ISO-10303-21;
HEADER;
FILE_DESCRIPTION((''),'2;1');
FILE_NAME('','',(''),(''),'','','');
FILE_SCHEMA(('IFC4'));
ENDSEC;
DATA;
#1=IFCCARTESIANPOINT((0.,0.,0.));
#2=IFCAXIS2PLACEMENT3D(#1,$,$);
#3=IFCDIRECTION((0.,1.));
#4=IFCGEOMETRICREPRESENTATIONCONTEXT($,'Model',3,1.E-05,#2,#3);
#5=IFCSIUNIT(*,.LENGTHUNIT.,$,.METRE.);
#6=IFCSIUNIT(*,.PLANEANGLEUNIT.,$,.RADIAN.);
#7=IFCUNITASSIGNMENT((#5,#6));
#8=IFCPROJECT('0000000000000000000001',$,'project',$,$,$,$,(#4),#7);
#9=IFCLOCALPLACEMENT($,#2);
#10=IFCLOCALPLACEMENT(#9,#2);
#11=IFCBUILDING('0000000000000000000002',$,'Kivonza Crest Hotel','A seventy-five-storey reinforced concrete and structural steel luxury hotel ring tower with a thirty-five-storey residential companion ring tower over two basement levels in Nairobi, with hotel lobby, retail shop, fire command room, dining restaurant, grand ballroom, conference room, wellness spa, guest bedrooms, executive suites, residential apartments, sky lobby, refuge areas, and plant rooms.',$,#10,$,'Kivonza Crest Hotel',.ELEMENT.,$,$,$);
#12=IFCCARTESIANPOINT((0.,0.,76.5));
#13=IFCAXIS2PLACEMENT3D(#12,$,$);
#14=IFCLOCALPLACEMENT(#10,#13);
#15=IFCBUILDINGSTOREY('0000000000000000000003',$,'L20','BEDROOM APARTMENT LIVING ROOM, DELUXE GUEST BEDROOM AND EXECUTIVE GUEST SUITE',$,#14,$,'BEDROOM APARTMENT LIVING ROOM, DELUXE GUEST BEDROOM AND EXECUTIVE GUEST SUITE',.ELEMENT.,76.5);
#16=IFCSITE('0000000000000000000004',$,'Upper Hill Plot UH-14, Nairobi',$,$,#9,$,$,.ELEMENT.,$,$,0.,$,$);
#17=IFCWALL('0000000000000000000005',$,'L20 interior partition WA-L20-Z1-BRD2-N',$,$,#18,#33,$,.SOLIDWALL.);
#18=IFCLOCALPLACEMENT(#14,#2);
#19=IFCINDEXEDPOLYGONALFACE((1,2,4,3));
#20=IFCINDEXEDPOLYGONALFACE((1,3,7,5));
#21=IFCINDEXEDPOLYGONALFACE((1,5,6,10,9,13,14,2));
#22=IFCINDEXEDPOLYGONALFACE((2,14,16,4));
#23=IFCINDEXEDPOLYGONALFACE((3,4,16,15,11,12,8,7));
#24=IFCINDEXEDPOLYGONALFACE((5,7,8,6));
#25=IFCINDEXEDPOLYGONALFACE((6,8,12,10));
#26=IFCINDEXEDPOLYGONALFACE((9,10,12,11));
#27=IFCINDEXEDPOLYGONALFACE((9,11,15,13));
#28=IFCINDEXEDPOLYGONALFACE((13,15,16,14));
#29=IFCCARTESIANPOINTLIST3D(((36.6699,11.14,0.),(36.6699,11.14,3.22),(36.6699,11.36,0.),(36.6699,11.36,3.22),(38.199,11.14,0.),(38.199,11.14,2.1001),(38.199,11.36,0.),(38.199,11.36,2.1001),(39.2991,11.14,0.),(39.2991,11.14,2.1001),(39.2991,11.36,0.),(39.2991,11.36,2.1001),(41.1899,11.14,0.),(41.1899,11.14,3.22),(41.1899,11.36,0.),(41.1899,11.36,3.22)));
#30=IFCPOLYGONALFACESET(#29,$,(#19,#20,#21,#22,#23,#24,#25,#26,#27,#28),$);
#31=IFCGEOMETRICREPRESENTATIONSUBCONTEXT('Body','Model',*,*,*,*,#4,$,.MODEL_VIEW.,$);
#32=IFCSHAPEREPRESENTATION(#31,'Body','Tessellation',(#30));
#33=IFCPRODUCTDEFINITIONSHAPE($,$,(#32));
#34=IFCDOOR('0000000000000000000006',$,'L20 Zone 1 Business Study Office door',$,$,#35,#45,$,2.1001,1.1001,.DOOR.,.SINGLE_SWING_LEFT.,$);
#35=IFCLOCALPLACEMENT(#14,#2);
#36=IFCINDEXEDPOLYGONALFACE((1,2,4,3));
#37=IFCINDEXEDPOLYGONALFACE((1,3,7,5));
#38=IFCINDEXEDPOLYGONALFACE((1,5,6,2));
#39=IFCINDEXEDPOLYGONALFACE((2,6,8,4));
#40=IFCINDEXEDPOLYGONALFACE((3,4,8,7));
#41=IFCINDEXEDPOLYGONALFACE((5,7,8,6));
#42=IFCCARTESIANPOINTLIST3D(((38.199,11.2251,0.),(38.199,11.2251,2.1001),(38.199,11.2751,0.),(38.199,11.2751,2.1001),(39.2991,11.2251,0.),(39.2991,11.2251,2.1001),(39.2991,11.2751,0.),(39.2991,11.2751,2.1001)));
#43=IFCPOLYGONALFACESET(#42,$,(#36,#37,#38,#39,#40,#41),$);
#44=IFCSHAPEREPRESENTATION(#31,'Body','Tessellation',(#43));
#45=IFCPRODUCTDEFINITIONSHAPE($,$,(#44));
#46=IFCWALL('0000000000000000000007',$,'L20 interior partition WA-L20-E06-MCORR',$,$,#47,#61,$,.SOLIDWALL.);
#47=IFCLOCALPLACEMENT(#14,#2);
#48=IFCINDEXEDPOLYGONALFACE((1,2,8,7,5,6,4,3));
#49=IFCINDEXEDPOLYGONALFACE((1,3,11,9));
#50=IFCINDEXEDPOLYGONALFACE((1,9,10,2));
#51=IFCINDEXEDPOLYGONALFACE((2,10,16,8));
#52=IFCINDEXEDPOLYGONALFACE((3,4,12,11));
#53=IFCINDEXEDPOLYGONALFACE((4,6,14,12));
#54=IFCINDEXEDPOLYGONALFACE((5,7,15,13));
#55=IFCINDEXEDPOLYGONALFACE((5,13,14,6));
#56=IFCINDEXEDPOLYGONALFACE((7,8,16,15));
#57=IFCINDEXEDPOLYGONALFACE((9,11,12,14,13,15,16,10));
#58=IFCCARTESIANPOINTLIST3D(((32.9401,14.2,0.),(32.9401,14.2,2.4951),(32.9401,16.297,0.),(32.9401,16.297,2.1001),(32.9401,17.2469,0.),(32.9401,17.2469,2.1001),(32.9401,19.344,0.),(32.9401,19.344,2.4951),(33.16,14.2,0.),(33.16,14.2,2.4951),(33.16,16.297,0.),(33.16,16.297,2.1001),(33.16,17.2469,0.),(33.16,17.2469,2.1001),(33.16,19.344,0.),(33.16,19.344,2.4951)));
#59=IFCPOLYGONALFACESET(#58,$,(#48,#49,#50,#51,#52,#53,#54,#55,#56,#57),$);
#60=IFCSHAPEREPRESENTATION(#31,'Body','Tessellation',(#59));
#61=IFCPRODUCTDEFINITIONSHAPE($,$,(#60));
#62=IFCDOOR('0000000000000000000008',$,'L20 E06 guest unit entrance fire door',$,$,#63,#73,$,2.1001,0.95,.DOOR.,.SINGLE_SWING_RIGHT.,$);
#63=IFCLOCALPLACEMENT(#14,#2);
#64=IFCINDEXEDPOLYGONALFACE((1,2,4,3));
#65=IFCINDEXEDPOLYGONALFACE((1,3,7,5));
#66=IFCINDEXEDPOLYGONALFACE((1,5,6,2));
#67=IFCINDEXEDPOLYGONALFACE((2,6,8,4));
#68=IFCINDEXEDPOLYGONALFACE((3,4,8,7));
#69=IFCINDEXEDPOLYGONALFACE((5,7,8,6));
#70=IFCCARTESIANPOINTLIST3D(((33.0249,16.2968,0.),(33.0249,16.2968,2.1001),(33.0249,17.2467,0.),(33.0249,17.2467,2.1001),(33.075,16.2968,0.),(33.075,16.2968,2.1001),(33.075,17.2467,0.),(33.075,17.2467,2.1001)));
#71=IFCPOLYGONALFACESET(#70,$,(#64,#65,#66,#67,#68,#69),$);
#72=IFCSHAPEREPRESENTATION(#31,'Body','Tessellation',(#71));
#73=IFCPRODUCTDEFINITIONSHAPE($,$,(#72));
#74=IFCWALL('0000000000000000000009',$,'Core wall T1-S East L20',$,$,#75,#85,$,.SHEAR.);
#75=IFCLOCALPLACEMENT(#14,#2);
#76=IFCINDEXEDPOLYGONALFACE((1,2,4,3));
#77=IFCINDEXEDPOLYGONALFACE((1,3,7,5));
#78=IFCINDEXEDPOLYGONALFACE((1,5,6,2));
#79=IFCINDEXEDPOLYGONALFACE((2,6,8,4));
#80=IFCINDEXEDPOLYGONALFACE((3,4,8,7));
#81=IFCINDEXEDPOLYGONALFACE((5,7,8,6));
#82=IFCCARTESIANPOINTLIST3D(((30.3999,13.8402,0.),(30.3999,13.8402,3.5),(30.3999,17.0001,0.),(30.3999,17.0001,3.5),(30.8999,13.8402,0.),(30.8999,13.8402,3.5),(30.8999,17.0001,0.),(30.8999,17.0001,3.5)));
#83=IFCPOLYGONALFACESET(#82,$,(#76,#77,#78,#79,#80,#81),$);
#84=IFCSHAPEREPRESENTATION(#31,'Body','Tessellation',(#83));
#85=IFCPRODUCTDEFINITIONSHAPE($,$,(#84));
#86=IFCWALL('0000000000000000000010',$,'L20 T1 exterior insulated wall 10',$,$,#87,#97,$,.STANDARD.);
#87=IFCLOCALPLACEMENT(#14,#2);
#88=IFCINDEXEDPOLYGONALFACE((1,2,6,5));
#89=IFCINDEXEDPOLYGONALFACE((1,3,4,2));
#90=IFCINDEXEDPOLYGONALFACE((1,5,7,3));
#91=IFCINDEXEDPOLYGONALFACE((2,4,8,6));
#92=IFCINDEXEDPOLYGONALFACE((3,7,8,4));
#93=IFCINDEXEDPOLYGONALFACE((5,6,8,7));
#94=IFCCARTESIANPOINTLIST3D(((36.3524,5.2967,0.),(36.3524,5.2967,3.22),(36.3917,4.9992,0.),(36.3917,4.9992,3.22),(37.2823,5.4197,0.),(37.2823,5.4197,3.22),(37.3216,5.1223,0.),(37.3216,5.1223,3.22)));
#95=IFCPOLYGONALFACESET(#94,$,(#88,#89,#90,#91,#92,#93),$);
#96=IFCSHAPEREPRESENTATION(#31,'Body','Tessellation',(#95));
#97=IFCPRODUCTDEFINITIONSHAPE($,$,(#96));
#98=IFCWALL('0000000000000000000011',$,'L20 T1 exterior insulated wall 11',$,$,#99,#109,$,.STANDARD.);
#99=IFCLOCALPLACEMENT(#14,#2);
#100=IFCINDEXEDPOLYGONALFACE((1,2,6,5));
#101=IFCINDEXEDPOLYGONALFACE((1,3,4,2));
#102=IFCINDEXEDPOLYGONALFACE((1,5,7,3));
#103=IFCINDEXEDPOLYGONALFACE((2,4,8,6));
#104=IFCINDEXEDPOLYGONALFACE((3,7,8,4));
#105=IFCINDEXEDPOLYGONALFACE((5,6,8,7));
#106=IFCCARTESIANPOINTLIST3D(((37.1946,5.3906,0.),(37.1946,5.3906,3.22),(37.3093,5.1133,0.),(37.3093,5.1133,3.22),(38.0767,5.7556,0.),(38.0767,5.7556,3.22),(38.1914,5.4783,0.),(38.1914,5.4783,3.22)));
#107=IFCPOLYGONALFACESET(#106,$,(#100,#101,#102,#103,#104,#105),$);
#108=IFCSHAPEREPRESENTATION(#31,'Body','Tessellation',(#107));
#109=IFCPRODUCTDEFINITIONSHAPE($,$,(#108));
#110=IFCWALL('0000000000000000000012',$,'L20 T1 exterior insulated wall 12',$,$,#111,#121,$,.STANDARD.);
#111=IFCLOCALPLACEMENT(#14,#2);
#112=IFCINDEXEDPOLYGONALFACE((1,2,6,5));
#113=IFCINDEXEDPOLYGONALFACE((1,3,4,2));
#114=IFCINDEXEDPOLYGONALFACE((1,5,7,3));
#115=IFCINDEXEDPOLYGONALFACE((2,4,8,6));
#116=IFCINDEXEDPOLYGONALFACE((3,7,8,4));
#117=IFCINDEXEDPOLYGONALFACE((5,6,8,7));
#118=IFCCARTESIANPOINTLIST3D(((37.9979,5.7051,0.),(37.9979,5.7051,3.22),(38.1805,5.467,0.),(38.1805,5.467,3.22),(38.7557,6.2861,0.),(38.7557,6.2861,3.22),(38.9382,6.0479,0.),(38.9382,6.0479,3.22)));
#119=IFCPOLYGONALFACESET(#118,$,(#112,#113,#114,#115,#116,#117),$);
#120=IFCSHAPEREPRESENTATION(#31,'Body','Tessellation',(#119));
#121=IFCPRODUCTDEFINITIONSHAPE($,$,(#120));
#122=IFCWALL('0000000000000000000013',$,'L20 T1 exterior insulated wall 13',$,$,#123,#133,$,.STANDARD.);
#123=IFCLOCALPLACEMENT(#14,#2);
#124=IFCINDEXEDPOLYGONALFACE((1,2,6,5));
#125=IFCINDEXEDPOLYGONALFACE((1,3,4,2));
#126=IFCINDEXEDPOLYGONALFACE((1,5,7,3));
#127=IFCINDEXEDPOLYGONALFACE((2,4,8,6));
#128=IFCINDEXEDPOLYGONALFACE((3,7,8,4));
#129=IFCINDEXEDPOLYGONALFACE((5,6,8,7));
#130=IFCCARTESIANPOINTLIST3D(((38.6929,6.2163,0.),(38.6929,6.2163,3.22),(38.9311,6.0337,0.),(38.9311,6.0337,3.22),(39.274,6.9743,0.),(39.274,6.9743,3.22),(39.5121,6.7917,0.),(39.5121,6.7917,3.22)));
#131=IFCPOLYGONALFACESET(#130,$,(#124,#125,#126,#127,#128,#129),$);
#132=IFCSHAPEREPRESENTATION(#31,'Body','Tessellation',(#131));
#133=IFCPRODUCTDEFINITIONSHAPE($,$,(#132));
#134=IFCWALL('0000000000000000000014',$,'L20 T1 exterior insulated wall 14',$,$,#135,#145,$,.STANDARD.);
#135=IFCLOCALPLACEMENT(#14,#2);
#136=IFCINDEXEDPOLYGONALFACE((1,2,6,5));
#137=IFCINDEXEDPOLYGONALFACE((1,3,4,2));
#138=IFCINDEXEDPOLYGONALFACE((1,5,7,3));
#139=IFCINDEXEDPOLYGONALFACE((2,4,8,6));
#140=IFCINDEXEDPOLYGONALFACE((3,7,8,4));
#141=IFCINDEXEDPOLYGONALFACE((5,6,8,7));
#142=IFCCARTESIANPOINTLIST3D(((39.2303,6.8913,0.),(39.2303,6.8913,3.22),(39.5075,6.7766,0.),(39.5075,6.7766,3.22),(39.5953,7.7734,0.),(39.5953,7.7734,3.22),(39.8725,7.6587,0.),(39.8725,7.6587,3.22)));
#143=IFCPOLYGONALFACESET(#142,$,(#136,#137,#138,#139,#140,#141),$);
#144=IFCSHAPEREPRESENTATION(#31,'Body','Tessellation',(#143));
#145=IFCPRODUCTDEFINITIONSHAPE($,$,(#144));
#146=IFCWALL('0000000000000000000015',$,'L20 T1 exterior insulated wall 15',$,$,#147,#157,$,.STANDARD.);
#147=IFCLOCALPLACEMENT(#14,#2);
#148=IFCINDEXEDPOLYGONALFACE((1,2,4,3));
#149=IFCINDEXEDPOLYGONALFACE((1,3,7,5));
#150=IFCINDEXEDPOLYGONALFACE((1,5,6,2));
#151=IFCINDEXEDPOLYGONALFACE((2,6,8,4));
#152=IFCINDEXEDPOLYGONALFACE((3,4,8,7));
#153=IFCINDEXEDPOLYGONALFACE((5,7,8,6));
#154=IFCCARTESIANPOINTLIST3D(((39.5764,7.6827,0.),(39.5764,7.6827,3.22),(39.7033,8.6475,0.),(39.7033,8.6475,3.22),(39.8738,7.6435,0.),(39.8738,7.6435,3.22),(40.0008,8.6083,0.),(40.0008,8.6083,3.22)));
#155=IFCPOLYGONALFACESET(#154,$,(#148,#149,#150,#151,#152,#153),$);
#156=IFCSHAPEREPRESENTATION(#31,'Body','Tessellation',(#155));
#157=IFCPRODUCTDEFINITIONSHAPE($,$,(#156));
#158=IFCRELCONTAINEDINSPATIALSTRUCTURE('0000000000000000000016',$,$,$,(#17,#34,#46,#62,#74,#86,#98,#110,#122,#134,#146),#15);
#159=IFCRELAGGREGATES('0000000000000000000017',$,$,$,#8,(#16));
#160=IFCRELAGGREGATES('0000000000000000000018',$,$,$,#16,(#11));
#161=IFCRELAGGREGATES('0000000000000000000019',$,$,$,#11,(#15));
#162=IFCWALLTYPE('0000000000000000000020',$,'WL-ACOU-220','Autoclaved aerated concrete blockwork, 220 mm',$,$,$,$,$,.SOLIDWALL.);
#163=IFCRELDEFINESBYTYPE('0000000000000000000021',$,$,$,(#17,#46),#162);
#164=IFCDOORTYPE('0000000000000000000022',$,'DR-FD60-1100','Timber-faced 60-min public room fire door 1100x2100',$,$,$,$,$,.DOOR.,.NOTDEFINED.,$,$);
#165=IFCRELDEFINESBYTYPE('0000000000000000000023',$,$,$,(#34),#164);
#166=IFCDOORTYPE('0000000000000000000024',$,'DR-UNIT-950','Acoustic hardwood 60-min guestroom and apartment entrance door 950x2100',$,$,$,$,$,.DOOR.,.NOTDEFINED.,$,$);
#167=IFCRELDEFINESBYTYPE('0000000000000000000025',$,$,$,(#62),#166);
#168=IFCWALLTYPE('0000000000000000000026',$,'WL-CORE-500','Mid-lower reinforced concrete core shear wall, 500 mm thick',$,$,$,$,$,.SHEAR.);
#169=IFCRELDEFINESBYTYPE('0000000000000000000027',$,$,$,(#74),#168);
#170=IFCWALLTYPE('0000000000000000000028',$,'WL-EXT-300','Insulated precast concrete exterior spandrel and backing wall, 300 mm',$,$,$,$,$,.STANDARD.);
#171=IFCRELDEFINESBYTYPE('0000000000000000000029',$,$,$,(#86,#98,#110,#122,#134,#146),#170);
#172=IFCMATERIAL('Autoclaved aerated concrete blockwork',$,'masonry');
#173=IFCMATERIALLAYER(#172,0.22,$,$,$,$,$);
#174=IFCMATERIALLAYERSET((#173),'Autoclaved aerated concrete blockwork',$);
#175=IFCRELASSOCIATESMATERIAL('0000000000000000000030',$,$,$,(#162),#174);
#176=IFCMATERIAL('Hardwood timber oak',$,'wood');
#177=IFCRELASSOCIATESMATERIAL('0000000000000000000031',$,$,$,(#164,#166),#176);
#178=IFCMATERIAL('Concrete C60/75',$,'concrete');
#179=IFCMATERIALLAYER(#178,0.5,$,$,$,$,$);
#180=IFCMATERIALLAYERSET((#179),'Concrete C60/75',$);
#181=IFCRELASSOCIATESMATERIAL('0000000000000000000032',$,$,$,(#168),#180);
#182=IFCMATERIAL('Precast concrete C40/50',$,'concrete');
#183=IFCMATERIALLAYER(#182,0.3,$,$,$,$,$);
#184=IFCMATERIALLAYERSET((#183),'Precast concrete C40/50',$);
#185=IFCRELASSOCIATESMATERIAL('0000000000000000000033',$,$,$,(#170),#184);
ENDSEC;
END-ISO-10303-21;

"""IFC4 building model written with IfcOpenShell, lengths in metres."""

from ifc_helpers import new_model, si_unit, direction, frame, frame_2d, origin, place, context, subcontext, project, spatial, rectangle, extrude, material, layer, layer_set, type_object, element, fill, save


model = new_model("IFC4")

# Units and contexts
model_context = context("Model", 3, precision=1e-05, world=origin(), true_north=direction((0.0, 1.0)))
body_context = subcontext(model_context, "Body", "Model", "MODEL_VIEW")
ifc_project = project(units=[si_unit("LENGTHUNIT", "METRE"), si_unit("PLANEANGLEUNIT", "RADIAN")], contexts=[model_context])

# Site, building, storey
site_placement = place(None, origin())
site = spatial("IfcSite", under=ifc_project, at=site_placement, Name="Upper Hill Plot UH-14, Nairobi", CompositionType="ELEMENT", RefElevation=0.0)
building_placement = place(site_placement, origin())
building = spatial("IfcBuilding", under=site, at=building_placement, Name="Kivonza Crest Hotel", Description="A seventy-five-storey reinforced concrete and structural steel luxury hotel ring tower with a thirty-five-storey residential companion ring tower over two basement levels in Nairobi, with hotel lobby, retail shop, fire command room, dining restaurant, grand ballroom, conference room, wellness spa, guest bedrooms, executive suites, residential apartments, sky lobby, refuge areas, and plant rooms.", LongName="Kivonza Crest Hotel", CompositionType="ELEMENT")
storey_placement = place(building_placement, frame((0.0, 0.0, 76.5)))
storey = spatial("IfcBuildingStorey", under=building, at=storey_placement, Name="L20", Description="BEDROOM APARTMENT LIVING ROOM, DELUXE GUEST BEDROOM AND EXECUTIVE GUEST SUITE", LongName="BEDROOM APARTMENT LIVING ROOM, DELUXE GUEST BEDROOM AND EXECUTIVE GUEST SUITE", CompositionType="ELEMENT", Elevation=76.5)

# Shared definitions
ifc_material_1 = material(Name="Concrete C60/75", Category="concrete")

# Walls, openings, doors
ifc_material_2 = material(Name="Autoclaved aerated concrete blockwork", Category="masonry")
ifc_layer_1 = layer(ifc_material_2, 0.22)
ifc_layer_set_1 = layer_set([ifc_layer_1], Name="Autoclaved aerated concrete blockwork")
wall_type_1 = type_object("IfcWallType", Name="WL-ACOU-220", Description="Autoclaved aerated concrete blockwork, 220 mm", PredefinedType="SOLIDWALL", material=ifc_layer_set_1)
ifc_material_3 = material(Name="Hardwood timber oak", Category="wood")
door_type_1 = type_object("IfcDoorType", Name="DR-FD60-1100", Description="Timber-faced 60-min public room fire door 1100x2100", OperationType="NOTDEFINED", PredefinedType="DOOR", material=ifc_material_3)
wall_1_placement = place(storey_placement, frame((36.6699, 11.25, 0.0), z_axis=(0.0, 0.0, 1.0), x_axis=(1.0, 0.0, 0.0)))
wall_1 = element("IfcWall", 1, at=wall_1_placement, inside=storey, type_object=wall_type_1, Name="L20 interior partition WA-L20-Z1-BRD2-N", PredefinedType="SOLIDWALL", context=body_context, shape_type="SweptSolid", body=[
    extrude(rectangle(XDim=4.52, YDim=0.22, at=frame_2d((2.26, 0.0))), origin(), (0.0, 0.0, 1.0), 3.22),
])
opening_1_placement = place(wall_1_placement, frame((1.5291, 0.0, 0.0)))
opening_1 = element("IfcOpeningElement", 2, at=opening_1_placement, cuts=wall_1, PredefinedType="OPENING", context=body_context, shape_type="SweptSolid", body=[
    extrude(rectangle(XDim=1.1001, YDim=2.1001, at=frame_2d((0.55, 1.05))), frame((0.0, 0.1201, 0.0), z_axis=(0.0, -1.0, 0.0), x_axis=(1.0, 0.0, 0.0)), (0.0, 0.0, 1.0), 0.24),
])
door_1_placement = place(opening_1_placement, frame((1.1001, 0.0, 0.0), z_axis=(0.0, 0.0, 1.0), x_axis=(-1.0, 0.0, 0.0)))
door_1 = element("IfcDoor", 3, at=door_1_placement, inside=storey, type_object=door_type_1, Name="L20 Zone 1 Business Study Office door", OperationType="SINGLE_SWING_LEFT", OverallHeight=2.1001, OverallWidth=1.1001, PredefinedType="DOOR", context=body_context, shape_type="SweptSolid", body=[
    extrude(rectangle(XDim=1.1001, YDim=2.1001, at=frame_2d((0.55, 1.05))), frame((0.0, 0.0249, 0.0), z_axis=(0.0, -1.0, 0.0), x_axis=(1.0, 0.0, 0.0)), (0.0, 0.0, 1.0), 0.05),
])
fill(opening_1, door_1)
wall_2_placement = place(storey_placement, frame((33.05, 14.2, 0.0), z_axis=(0.0, 0.0, 1.0), x_axis=(0.0, 1.0, 0.0)))
wall_2 = element("IfcWall", 4, at=wall_2_placement, inside=storey, type_object=wall_type_1, Name="L20 interior partition WA-L20-E06-MCORR", PredefinedType="SOLIDWALL", context=body_context, shape_type="SweptSolid", body=[
    extrude(rectangle(XDim=5.144, YDim=0.22, at=frame_2d((2.572, 0.0))), origin(), (0.0, 0.0, 1.0), 2.4951),
])
opening_2_placement = place(wall_2_placement, frame((2.0969, 0.0, 0.0)))
opening_2 = element("IfcOpeningElement", 5, at=opening_2_placement, cuts=wall_2, PredefinedType="OPENING", context=body_context, shape_type="SweptSolid", body=[
    extrude(rectangle(XDim=0.95, YDim=2.1001, at=frame_2d((0.4751, 1.05))), frame((0.0, 0.1201, 0.0), z_axis=(0.0, -1.0, 0.0), x_axis=(1.0, 0.0, 0.0)), (0.0, 0.0, 1.0), 0.24),
])
door_type_2 = type_object("IfcDoorType", Name="DR-UNIT-950", Description="Acoustic hardwood 60-min guestroom and apartment entrance door 950x2100", OperationType="NOTDEFINED", PredefinedType="DOOR", material=ifc_material_3)
door_2_placement = place(opening_2_placement, frame((0.95, 0.0, 0.0), z_axis=(0.0, 0.0, 1.0), x_axis=(-1.0, 0.0, 0.0)))
door_2 = element("IfcDoor", 6, at=door_2_placement, inside=storey, type_object=door_type_2, Name="L20 E06 guest unit entrance fire door", OperationType="SINGLE_SWING_RIGHT", OverallHeight=2.1001, OverallWidth=0.95, PredefinedType="DOOR", context=body_context, shape_type="SweptSolid", body=[
    extrude(rectangle(XDim=0.95, YDim=2.1001, at=frame_2d((0.4751, 1.05))), frame((0.0, 0.0249, 0.0), z_axis=(0.0, -1.0, 0.0), x_axis=(1.0, 0.0, 0.0)), (0.0, 0.0, 1.0), 0.05),
])
fill(opening_2, door_2)

# Walls
ifc_layer_2 = layer(ifc_material_1, 0.5)
ifc_layer_set_2 = layer_set([ifc_layer_2], Name="Concrete C60/75")
wall_type_2 = type_object("IfcWallType", Name="WL-CORE-500", Description="Mid-lower reinforced concrete core shear wall, 500 mm thick", PredefinedType="SHEAR", material=ifc_layer_set_2)
wall_3_placement = place(storey_placement, frame((30.6499, 13.8401, 0.0), z_axis=(0.0, 0.0, 1.0), x_axis=(0.0, 1.0, 0.0)))
element("IfcWall", 7, at=wall_3_placement, inside=storey, type_object=wall_type_2, Name="Core wall T1-S East L20", PredefinedType="SHEAR", context=body_context, shape_type="SweptSolid", body=[
    extrude(rectangle(XDim=3.1599, YDim=0.5, at=frame_2d((1.5801, 0.0))), origin(), (0.0, 0.0, 1.0), 3.5),
])
ifc_material_4 = material(Name="Precast concrete C40/50", Category="concrete")
ifc_layer_3 = layer(ifc_material_4, 0.3)
ifc_layer_set_3 = layer_set([ifc_layer_3], Name="Precast concrete C40/50")
wall_type_3 = type_object("IfcWallType", Name="WL-EXT-300", Description="Insulated precast concrete exterior spandrel and backing wall, 300 mm", PredefinedType="STANDARD", material=ifc_layer_set_3)
wall_4_placement = place(storey_placement, frame((36.3721, 5.1479, 0.0), z_axis=(0.0, 0.0, 1.0), x_axis=(0.991359, 0.131175, 0.0)))
element("IfcWall", 8, at=wall_4_placement, inside=storey, type_object=wall_type_3, Name="L20 T1 exterior insulated wall 10", PredefinedType="STANDARD", context=body_context, shape_type="SweptSolid", body=[
    extrude(rectangle(XDim=0.938, YDim=0.3, at=frame_2d((0.469, 0.0))), origin(), (0.0, 0.0, 1.0), 3.22),
])
wall_5_placement = place(storey_placement, frame((37.252, 5.252, 0.0), z_axis=(0.0, 0.0, 1.0), x_axis=(0.92402, 0.382344, 0.0)))
element("IfcWall", 9, at=wall_5_placement, inside=storey, type_object=wall_type_3, Name="L20 T1 exterior insulated wall 11", PredefinedType="STANDARD", context=body_context, shape_type="SweptSolid", body=[
    extrude(rectangle(XDim=0.9546, YDim=0.3, at=frame_2d((0.4773, 0.0))), origin(), (0.0, 0.0, 1.0), 3.22),
])
wall_6_placement = place(storey_placement, frame((38.0891, 5.5859, 0.0), z_axis=(0.0, 0.0, 1.0), x_axis=(0.793573, 0.608474, 0.0)))
element("IfcWall", 10, at=wall_6_placement, inside=storey, type_object=wall_type_3, Name="L20 T1 exterior insulated wall 12", PredefinedType="STANDARD", context=body_context, shape_type="SweptSolid", body=[
    extrude(rectangle(XDim=0.9548, YDim=0.3, at=frame_2d((0.4775, 0.0))), origin(), (0.0, 0.0, 1.0), 3.22),
])
wall_7_placement = place(storey_placement, frame((38.812, 6.125, 0.0), z_axis=(0.0, 0.0, 1.0), x_axis=(0.608351, 0.793668, 0.0)))
element("IfcWall", 11, at=wall_7_placement, inside=storey, type_object=wall_type_3, Name="L20 T1 exterior insulated wall 13", PredefinedType="STANDARD", context=body_context, shape_type="SweptSolid", body=[
    extrude(rectangle(XDim=0.9551, YDim=0.3, at=frame_2d((0.4775, 0.0))), origin(), (0.0, 0.0, 1.0), 3.22),
])
wall_8_placement = place(storey_placement, frame((39.3689, 6.834, 0.0), z_axis=(0.0, 0.0, 1.0), x_axis=(0.382344, 0.92402, 0.0)))
element("IfcWall", 12, at=wall_8_placement, inside=storey, type_object=wall_type_3, Name="L20 T1 exterior insulated wall 14", PredefinedType="STANDARD", context=body_context, shape_type="SweptSolid", body=[
    extrude(rectangle(XDim=0.9546, YDim=0.3, at=frame_2d((0.4773, 0.0))), origin(), (0.0, 0.0, 1.0), 3.22),
])
wall_9_placement = place(storey_placement, frame((39.7251, 7.6631, 0.0), z_axis=(0.0, 0.0, 1.0), x_axis=(0.130455, 0.991454, 0.0)))
element("IfcWall", 13, at=wall_9_placement, inside=storey, type_object=wall_type_3, Name="L20 T1 exterior insulated wall 15", PredefinedType="STANDARD", context=body_context, shape_type="SweptSolid", body=[
    extrude(rectangle(XDim=0.9731, YDim=0.3, at=frame_2d((0.4866, 0.0))), origin(), (0.0, 0.0, 1.0), 3.22),
])

save(model, "model.ifc")
